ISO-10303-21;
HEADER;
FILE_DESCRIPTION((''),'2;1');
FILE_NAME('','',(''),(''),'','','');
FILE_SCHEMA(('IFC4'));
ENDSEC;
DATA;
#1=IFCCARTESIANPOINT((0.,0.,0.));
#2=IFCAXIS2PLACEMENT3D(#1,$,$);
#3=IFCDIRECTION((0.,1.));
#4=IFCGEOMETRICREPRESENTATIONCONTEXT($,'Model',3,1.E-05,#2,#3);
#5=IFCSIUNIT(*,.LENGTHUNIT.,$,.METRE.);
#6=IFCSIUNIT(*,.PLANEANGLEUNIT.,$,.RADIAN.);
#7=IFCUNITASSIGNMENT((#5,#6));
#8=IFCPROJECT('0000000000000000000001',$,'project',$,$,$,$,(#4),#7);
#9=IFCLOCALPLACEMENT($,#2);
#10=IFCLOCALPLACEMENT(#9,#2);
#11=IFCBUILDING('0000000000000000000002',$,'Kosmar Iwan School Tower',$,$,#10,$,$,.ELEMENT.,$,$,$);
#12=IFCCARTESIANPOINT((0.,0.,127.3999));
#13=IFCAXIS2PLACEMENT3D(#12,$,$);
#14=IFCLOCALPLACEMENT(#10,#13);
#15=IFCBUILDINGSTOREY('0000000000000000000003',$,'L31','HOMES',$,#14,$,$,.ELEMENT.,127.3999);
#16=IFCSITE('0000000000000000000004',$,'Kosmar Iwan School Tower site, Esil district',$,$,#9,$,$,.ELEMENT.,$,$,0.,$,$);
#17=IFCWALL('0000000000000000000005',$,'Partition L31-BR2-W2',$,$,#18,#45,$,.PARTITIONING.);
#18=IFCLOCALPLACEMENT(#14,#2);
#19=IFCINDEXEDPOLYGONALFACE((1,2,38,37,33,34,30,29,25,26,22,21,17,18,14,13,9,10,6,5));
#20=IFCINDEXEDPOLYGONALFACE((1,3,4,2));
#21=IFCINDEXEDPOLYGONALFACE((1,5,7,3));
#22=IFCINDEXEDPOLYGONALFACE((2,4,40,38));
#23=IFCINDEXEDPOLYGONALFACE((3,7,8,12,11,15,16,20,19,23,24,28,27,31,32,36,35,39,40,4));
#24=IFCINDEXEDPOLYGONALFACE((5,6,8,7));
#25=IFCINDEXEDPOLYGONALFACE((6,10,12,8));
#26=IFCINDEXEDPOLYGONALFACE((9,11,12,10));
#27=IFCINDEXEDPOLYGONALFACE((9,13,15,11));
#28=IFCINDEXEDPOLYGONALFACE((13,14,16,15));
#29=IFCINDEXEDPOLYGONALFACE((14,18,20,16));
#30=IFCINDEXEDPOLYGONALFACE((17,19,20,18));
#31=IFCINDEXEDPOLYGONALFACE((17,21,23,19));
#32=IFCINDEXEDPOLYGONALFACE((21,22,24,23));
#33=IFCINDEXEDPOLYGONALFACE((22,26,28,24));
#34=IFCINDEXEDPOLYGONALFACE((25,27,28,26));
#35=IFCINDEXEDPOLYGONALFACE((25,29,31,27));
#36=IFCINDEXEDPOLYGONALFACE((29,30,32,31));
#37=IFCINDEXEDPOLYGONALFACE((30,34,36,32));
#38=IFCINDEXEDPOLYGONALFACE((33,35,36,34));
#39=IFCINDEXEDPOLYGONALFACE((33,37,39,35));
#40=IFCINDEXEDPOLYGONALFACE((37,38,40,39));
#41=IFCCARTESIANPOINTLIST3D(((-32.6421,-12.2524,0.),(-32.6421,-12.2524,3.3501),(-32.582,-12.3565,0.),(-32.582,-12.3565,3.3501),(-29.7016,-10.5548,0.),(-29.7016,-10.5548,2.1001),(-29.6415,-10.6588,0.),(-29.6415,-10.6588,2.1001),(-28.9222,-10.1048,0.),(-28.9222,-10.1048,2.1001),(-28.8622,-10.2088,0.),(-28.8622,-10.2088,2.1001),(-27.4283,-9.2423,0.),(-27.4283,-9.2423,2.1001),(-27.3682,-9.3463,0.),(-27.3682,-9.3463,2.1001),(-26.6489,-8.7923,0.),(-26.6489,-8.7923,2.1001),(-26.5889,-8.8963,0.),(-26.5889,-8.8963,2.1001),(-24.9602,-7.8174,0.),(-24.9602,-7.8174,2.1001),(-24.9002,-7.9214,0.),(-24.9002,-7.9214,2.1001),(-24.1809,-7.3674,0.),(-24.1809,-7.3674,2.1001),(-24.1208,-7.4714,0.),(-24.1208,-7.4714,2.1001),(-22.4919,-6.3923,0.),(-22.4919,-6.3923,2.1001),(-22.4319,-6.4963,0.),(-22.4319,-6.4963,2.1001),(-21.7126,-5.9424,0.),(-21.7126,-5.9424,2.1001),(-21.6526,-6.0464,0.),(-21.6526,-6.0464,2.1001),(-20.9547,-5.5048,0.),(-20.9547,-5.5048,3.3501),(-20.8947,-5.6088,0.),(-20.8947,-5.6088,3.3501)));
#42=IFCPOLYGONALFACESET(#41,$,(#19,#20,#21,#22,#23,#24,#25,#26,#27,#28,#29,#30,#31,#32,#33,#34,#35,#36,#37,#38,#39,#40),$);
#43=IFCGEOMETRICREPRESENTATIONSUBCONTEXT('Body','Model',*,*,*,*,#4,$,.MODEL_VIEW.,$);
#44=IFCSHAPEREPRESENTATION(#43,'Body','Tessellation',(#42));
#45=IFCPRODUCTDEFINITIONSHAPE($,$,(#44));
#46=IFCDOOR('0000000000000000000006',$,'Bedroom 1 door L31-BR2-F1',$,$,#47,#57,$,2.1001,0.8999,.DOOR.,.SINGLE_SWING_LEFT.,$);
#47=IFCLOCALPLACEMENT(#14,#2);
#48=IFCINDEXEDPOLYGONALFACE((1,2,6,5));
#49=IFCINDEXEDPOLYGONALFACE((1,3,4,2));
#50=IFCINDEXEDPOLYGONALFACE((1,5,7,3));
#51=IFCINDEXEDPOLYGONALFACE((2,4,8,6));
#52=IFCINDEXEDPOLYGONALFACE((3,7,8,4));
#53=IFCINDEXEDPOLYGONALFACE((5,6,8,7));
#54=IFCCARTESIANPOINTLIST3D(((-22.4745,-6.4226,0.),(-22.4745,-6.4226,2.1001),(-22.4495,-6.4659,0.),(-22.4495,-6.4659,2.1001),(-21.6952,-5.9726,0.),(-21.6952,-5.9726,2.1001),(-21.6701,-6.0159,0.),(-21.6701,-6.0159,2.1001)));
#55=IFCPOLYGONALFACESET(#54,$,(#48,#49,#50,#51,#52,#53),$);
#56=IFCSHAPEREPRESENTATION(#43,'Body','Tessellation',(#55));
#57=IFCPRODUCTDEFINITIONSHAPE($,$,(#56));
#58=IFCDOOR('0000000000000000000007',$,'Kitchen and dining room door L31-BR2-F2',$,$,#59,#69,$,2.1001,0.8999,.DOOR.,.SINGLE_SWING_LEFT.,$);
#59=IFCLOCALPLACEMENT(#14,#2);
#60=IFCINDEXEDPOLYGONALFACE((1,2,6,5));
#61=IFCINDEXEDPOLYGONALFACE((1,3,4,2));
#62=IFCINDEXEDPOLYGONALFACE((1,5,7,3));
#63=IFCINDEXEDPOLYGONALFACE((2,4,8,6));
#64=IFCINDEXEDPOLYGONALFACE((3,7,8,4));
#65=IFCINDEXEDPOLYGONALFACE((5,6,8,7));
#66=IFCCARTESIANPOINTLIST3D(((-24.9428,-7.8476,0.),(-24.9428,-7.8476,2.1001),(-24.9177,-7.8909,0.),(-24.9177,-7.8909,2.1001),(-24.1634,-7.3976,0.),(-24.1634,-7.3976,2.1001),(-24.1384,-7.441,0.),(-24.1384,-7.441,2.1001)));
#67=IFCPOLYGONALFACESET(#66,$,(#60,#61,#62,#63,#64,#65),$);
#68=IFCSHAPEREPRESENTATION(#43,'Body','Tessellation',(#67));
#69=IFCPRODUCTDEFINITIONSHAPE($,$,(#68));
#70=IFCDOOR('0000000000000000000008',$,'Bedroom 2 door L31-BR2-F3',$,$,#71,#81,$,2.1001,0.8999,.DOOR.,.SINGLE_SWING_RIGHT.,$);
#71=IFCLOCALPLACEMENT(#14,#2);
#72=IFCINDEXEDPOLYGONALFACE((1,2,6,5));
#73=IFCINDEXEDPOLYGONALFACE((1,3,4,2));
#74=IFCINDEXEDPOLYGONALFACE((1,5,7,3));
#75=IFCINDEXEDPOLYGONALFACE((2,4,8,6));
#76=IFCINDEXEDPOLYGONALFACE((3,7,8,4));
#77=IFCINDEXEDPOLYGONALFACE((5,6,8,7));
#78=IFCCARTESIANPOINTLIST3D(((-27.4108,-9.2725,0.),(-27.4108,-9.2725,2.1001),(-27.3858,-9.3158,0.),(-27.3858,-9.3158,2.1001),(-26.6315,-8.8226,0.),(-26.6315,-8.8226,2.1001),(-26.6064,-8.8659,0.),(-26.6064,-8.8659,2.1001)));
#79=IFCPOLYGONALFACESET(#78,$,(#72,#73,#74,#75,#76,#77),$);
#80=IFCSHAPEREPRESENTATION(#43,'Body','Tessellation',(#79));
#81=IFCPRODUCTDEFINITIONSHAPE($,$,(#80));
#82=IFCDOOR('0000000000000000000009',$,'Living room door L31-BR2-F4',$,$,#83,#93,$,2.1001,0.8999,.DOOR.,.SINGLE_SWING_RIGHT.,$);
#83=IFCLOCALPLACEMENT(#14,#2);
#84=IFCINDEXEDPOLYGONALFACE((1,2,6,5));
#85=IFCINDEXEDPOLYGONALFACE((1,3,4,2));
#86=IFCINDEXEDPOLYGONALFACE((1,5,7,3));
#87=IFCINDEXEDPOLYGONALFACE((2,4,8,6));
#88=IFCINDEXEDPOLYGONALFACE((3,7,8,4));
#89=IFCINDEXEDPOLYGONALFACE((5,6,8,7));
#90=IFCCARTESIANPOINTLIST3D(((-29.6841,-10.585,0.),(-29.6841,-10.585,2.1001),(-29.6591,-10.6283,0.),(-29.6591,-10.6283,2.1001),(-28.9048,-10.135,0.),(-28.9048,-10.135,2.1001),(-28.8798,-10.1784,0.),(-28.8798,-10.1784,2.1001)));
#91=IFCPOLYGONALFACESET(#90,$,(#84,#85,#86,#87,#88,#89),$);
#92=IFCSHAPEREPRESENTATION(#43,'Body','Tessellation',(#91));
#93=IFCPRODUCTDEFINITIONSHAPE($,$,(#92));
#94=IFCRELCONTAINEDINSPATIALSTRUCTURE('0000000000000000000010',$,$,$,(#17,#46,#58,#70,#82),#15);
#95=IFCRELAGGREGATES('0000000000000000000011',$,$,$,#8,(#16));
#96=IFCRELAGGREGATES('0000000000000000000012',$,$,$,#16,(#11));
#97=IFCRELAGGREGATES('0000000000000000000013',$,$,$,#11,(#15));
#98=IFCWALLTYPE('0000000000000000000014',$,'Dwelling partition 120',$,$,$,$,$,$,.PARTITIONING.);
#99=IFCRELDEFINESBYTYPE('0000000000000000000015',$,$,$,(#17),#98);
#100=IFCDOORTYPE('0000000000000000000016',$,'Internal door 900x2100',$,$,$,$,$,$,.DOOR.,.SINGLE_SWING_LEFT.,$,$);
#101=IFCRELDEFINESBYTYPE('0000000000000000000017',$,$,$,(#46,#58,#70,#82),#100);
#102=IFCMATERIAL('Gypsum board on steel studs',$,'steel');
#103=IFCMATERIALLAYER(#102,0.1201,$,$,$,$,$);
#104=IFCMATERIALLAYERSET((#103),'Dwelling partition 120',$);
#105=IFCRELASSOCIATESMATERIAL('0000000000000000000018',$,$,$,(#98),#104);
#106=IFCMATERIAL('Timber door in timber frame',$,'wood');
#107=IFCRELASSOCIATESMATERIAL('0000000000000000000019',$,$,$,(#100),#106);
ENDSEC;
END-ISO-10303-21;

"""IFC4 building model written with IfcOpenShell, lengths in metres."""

from ifc_helpers import new_model, si_unit, direction, frame, frame_2d, origin, place, context, subcontext, project, spatial, rectangle, extrude, material, layer, layer_set, type_object, element, fill, save


model = new_model("IFC4")

# Units and contexts
model_context = context("Model", 3, precision=1e-05, world=origin(), true_north=direction((0.0, 1.0)))
body_context = subcontext(model_context, "Body", "Model", "MODEL_VIEW")
ifc_project = project(units=[si_unit("LENGTHUNIT", "METRE"), si_unit("PLANEANGLEUNIT", "RADIAN")], contexts=[model_context])

# Site, building, storey
site_placement = place(None, origin())
site = spatial("IfcSite", under=ifc_project, at=site_placement, Name="Kosmar Iwan School Tower site, Esil district", CompositionType="ELEMENT", RefElevation=0.0)
building_placement = place(site_placement, origin())
building = spatial("IfcBuilding", under=site, at=building_placement, Name="Kosmar Iwan School Tower", CompositionType="ELEMENT")
storey_placement = place(building_placement, frame((0.0, 0.0, 127.3999)))
storey = spatial("IfcBuildingStorey", under=building, at=storey_placement, Name="L31", Description="HOMES", CompositionType="ELEMENT", Elevation=127.3999)

# Wall, openings, doors
ifc_material_1 = material(Name="Gypsum board on steel studs", Category="steel")
ifc_layer = layer(ifc_material_1, 0.1201)
ifc_layer_set = layer_set([ifc_layer], Name="Dwelling partition 120")
wall_type = type_object("IfcWallType", Name="Dwelling partition 120", PredefinedType="PARTITIONING", material=ifc_layer_set)
wall_placement = place(storey_placement, frame((-20.9248, -5.5569, 0.0), z_axis=(0.0, 0.0, 1.0), x_axis=(-0.866028, -0.499995, 0.0)))
wall = element("IfcWall", 1, at=wall_placement, inside=storey, type_object=wall_type, Name="Partition L31-BR2-W2", PredefinedType="PARTITIONING", context=body_context, shape_type="SweptSolid", body=[
    extrude(rectangle(XDim=13.4954, YDim=0.1201, at=frame_2d((6.7476, 0.0))), origin(), (0.0, 0.0, 1.0), 3.3501),
])
opening_1_placement = place(wall_placement, frame((0.875, 0.0, 0.0)))
opening_1 = element("IfcOpeningElement", 2, at=opening_1_placement, cuts=wall, PredefinedType="OPENING", context=body_context, shape_type="SweptSolid", body=[
    extrude(rectangle(XDim=0.8999, YDim=2.1001, at=frame_2d((0.45, 1.05))), frame((0.0, 0.072, 0.0), z_axis=(0.0, -1.0, 0.0), x_axis=(1.0, 0.0, 0.0)), (0.0, 0.0, 1.0), 0.144),
])
opening_2_placement = place(wall_placement, frame((3.7251, 0.0, 0.0)))
opening_2 = element("IfcOpeningElement", 3, at=opening_2_placement, cuts=wall, PredefinedType="OPENING", context=body_context, shape_type="SweptSolid", body=[
    extrude(rectangle(XDim=0.8999, YDim=2.1001, at=frame_2d((0.45, 1.05))), frame((0.0, 0.072, 0.0), z_axis=(0.0, -1.0, 0.0), x_axis=(1.0, 0.0, 0.0)), (0.0, 0.0, 1.0), 0.144),
])
opening_3_placement = place(wall_placement, frame((6.575, 0.0, 0.0)))
opening_3 = element("IfcOpeningElement", 4, at=opening_3_placement, cuts=wall, PredefinedType="OPENING", context=body_context, shape_type="SweptSolid", body=[
    extrude(rectangle(XDim=0.8999, YDim=2.1001, at=frame_2d((0.45, 1.05))), frame((0.0, 0.072, 0.0), z_axis=(0.0, -1.0, 0.0), x_axis=(1.0, 0.0, 0.0)), (0.0, 0.0, 1.0), 0.144),
])
opening_4_placement = place(wall_placement, frame((9.2, 0.0, 0.0)))
opening_4 = element("IfcOpeningElement", 5, at=opening_4_placement, cuts=wall, PredefinedType="OPENING", context=body_context, shape_type="SweptSolid", body=[
    extrude(rectangle(XDim=0.8999, YDim=2.1001, at=frame_2d((0.45, 1.05))), frame((0.0, 0.072, 0.0), z_axis=(0.0, -1.0, 0.0), x_axis=(1.0, 0.0, 0.0)), (0.0, 0.0, 1.0), 0.144),
])
ifc_material_2 = material(Name="Timber door in timber frame", Category="wood")
door_type = type_object("IfcDoorType", Name="Internal door 900x2100", OperationType="SINGLE_SWING_LEFT", PredefinedType="DOOR", material=ifc_material_2)
door_1_placement = place(opening_1_placement, origin())
door_1 = element("IfcDoor", 6, at=door_1_placement, inside=storey, type_object=door_type, Name="Bedroom 1 door L31-BR2-F1", OperationType="SINGLE_SWING_LEFT", OverallHeight=2.1001, OverallWidth=0.8999, PredefinedType="DOOR", context=body_context, shape_type="SweptSolid", body=[
    extrude(rectangle(XDim=0.8999, YDim=2.1001, at=frame_2d((0.45, 1.05))), frame((0.0, 0.0249, 0.0), z_axis=(0.0, -1.0, 0.0), x_axis=(1.0, 0.0, 0.0)), (0.0, 0.0, 1.0), 0.05),
])
fill(opening_1, door_1)
door_2_placement = place(opening_2_placement, origin())
door_2 = element("IfcDoor", 7, at=door_2_placement, inside=storey, type_object=door_type, Name="Kitchen and dining room door L31-BR2-F2", OperationType="SINGLE_SWING_LEFT", OverallHeight=2.1001, OverallWidth=0.8999, PredefinedType="DOOR", context=body_context, shape_type="SweptSolid", body=[
    extrude(rectangle(XDim=0.8999, YDim=2.1001, at=frame_2d((0.45, 1.05))), frame((0.0, 0.0249, 0.0), z_axis=(0.0, -1.0, 0.0), x_axis=(1.0, 0.0, 0.0)), (0.0, 0.0, 1.0), 0.05),
])
fill(opening_2, door_2)
door_3_placement = place(opening_3_placement, origin())
door_3 = element("IfcDoor", 8, at=door_3_placement, inside=storey, type_object=door_type, Name="Bedroom 2 door L31-BR2-F3", OperationType="SINGLE_SWING_RIGHT", OverallHeight=2.1001, OverallWidth=0.8999, PredefinedType="DOOR", context=body_context, shape_type="SweptSolid", body=[
    extrude(rectangle(XDim=0.8999, YDim=2.1001, at=frame_2d((0.45, 1.05))), frame((0.0, 0.0249, 0.0), z_axis=(0.0, -1.0, 0.0), x_axis=(1.0, 0.0, 0.0)), (0.0, 0.0, 1.0), 0.05),
])
fill(opening_3, door_3)
door_4_placement = place(opening_4_placement, origin())
door_4 = element("IfcDoor", 9, at=door_4_placement, inside=storey, type_object=door_type, Name="Living room door L31-BR2-F4", OperationType="SINGLE_SWING_RIGHT", OverallHeight=2.1001, OverallWidth=0.8999, PredefinedType="DOOR", context=body_context, shape_type="SweptSolid", body=[
    extrude(rectangle(XDim=0.8999, YDim=2.1001, at=frame_2d((0.45, 1.05))), frame((0.0, 0.0249, 0.0), z_axis=(0.0, -1.0, 0.0), x_axis=(1.0, 0.0, 0.0)), (0.0, 0.0, 1.0), 0.05),
])
fill(opening_4, door_4)

save(model, "model.ifc")
